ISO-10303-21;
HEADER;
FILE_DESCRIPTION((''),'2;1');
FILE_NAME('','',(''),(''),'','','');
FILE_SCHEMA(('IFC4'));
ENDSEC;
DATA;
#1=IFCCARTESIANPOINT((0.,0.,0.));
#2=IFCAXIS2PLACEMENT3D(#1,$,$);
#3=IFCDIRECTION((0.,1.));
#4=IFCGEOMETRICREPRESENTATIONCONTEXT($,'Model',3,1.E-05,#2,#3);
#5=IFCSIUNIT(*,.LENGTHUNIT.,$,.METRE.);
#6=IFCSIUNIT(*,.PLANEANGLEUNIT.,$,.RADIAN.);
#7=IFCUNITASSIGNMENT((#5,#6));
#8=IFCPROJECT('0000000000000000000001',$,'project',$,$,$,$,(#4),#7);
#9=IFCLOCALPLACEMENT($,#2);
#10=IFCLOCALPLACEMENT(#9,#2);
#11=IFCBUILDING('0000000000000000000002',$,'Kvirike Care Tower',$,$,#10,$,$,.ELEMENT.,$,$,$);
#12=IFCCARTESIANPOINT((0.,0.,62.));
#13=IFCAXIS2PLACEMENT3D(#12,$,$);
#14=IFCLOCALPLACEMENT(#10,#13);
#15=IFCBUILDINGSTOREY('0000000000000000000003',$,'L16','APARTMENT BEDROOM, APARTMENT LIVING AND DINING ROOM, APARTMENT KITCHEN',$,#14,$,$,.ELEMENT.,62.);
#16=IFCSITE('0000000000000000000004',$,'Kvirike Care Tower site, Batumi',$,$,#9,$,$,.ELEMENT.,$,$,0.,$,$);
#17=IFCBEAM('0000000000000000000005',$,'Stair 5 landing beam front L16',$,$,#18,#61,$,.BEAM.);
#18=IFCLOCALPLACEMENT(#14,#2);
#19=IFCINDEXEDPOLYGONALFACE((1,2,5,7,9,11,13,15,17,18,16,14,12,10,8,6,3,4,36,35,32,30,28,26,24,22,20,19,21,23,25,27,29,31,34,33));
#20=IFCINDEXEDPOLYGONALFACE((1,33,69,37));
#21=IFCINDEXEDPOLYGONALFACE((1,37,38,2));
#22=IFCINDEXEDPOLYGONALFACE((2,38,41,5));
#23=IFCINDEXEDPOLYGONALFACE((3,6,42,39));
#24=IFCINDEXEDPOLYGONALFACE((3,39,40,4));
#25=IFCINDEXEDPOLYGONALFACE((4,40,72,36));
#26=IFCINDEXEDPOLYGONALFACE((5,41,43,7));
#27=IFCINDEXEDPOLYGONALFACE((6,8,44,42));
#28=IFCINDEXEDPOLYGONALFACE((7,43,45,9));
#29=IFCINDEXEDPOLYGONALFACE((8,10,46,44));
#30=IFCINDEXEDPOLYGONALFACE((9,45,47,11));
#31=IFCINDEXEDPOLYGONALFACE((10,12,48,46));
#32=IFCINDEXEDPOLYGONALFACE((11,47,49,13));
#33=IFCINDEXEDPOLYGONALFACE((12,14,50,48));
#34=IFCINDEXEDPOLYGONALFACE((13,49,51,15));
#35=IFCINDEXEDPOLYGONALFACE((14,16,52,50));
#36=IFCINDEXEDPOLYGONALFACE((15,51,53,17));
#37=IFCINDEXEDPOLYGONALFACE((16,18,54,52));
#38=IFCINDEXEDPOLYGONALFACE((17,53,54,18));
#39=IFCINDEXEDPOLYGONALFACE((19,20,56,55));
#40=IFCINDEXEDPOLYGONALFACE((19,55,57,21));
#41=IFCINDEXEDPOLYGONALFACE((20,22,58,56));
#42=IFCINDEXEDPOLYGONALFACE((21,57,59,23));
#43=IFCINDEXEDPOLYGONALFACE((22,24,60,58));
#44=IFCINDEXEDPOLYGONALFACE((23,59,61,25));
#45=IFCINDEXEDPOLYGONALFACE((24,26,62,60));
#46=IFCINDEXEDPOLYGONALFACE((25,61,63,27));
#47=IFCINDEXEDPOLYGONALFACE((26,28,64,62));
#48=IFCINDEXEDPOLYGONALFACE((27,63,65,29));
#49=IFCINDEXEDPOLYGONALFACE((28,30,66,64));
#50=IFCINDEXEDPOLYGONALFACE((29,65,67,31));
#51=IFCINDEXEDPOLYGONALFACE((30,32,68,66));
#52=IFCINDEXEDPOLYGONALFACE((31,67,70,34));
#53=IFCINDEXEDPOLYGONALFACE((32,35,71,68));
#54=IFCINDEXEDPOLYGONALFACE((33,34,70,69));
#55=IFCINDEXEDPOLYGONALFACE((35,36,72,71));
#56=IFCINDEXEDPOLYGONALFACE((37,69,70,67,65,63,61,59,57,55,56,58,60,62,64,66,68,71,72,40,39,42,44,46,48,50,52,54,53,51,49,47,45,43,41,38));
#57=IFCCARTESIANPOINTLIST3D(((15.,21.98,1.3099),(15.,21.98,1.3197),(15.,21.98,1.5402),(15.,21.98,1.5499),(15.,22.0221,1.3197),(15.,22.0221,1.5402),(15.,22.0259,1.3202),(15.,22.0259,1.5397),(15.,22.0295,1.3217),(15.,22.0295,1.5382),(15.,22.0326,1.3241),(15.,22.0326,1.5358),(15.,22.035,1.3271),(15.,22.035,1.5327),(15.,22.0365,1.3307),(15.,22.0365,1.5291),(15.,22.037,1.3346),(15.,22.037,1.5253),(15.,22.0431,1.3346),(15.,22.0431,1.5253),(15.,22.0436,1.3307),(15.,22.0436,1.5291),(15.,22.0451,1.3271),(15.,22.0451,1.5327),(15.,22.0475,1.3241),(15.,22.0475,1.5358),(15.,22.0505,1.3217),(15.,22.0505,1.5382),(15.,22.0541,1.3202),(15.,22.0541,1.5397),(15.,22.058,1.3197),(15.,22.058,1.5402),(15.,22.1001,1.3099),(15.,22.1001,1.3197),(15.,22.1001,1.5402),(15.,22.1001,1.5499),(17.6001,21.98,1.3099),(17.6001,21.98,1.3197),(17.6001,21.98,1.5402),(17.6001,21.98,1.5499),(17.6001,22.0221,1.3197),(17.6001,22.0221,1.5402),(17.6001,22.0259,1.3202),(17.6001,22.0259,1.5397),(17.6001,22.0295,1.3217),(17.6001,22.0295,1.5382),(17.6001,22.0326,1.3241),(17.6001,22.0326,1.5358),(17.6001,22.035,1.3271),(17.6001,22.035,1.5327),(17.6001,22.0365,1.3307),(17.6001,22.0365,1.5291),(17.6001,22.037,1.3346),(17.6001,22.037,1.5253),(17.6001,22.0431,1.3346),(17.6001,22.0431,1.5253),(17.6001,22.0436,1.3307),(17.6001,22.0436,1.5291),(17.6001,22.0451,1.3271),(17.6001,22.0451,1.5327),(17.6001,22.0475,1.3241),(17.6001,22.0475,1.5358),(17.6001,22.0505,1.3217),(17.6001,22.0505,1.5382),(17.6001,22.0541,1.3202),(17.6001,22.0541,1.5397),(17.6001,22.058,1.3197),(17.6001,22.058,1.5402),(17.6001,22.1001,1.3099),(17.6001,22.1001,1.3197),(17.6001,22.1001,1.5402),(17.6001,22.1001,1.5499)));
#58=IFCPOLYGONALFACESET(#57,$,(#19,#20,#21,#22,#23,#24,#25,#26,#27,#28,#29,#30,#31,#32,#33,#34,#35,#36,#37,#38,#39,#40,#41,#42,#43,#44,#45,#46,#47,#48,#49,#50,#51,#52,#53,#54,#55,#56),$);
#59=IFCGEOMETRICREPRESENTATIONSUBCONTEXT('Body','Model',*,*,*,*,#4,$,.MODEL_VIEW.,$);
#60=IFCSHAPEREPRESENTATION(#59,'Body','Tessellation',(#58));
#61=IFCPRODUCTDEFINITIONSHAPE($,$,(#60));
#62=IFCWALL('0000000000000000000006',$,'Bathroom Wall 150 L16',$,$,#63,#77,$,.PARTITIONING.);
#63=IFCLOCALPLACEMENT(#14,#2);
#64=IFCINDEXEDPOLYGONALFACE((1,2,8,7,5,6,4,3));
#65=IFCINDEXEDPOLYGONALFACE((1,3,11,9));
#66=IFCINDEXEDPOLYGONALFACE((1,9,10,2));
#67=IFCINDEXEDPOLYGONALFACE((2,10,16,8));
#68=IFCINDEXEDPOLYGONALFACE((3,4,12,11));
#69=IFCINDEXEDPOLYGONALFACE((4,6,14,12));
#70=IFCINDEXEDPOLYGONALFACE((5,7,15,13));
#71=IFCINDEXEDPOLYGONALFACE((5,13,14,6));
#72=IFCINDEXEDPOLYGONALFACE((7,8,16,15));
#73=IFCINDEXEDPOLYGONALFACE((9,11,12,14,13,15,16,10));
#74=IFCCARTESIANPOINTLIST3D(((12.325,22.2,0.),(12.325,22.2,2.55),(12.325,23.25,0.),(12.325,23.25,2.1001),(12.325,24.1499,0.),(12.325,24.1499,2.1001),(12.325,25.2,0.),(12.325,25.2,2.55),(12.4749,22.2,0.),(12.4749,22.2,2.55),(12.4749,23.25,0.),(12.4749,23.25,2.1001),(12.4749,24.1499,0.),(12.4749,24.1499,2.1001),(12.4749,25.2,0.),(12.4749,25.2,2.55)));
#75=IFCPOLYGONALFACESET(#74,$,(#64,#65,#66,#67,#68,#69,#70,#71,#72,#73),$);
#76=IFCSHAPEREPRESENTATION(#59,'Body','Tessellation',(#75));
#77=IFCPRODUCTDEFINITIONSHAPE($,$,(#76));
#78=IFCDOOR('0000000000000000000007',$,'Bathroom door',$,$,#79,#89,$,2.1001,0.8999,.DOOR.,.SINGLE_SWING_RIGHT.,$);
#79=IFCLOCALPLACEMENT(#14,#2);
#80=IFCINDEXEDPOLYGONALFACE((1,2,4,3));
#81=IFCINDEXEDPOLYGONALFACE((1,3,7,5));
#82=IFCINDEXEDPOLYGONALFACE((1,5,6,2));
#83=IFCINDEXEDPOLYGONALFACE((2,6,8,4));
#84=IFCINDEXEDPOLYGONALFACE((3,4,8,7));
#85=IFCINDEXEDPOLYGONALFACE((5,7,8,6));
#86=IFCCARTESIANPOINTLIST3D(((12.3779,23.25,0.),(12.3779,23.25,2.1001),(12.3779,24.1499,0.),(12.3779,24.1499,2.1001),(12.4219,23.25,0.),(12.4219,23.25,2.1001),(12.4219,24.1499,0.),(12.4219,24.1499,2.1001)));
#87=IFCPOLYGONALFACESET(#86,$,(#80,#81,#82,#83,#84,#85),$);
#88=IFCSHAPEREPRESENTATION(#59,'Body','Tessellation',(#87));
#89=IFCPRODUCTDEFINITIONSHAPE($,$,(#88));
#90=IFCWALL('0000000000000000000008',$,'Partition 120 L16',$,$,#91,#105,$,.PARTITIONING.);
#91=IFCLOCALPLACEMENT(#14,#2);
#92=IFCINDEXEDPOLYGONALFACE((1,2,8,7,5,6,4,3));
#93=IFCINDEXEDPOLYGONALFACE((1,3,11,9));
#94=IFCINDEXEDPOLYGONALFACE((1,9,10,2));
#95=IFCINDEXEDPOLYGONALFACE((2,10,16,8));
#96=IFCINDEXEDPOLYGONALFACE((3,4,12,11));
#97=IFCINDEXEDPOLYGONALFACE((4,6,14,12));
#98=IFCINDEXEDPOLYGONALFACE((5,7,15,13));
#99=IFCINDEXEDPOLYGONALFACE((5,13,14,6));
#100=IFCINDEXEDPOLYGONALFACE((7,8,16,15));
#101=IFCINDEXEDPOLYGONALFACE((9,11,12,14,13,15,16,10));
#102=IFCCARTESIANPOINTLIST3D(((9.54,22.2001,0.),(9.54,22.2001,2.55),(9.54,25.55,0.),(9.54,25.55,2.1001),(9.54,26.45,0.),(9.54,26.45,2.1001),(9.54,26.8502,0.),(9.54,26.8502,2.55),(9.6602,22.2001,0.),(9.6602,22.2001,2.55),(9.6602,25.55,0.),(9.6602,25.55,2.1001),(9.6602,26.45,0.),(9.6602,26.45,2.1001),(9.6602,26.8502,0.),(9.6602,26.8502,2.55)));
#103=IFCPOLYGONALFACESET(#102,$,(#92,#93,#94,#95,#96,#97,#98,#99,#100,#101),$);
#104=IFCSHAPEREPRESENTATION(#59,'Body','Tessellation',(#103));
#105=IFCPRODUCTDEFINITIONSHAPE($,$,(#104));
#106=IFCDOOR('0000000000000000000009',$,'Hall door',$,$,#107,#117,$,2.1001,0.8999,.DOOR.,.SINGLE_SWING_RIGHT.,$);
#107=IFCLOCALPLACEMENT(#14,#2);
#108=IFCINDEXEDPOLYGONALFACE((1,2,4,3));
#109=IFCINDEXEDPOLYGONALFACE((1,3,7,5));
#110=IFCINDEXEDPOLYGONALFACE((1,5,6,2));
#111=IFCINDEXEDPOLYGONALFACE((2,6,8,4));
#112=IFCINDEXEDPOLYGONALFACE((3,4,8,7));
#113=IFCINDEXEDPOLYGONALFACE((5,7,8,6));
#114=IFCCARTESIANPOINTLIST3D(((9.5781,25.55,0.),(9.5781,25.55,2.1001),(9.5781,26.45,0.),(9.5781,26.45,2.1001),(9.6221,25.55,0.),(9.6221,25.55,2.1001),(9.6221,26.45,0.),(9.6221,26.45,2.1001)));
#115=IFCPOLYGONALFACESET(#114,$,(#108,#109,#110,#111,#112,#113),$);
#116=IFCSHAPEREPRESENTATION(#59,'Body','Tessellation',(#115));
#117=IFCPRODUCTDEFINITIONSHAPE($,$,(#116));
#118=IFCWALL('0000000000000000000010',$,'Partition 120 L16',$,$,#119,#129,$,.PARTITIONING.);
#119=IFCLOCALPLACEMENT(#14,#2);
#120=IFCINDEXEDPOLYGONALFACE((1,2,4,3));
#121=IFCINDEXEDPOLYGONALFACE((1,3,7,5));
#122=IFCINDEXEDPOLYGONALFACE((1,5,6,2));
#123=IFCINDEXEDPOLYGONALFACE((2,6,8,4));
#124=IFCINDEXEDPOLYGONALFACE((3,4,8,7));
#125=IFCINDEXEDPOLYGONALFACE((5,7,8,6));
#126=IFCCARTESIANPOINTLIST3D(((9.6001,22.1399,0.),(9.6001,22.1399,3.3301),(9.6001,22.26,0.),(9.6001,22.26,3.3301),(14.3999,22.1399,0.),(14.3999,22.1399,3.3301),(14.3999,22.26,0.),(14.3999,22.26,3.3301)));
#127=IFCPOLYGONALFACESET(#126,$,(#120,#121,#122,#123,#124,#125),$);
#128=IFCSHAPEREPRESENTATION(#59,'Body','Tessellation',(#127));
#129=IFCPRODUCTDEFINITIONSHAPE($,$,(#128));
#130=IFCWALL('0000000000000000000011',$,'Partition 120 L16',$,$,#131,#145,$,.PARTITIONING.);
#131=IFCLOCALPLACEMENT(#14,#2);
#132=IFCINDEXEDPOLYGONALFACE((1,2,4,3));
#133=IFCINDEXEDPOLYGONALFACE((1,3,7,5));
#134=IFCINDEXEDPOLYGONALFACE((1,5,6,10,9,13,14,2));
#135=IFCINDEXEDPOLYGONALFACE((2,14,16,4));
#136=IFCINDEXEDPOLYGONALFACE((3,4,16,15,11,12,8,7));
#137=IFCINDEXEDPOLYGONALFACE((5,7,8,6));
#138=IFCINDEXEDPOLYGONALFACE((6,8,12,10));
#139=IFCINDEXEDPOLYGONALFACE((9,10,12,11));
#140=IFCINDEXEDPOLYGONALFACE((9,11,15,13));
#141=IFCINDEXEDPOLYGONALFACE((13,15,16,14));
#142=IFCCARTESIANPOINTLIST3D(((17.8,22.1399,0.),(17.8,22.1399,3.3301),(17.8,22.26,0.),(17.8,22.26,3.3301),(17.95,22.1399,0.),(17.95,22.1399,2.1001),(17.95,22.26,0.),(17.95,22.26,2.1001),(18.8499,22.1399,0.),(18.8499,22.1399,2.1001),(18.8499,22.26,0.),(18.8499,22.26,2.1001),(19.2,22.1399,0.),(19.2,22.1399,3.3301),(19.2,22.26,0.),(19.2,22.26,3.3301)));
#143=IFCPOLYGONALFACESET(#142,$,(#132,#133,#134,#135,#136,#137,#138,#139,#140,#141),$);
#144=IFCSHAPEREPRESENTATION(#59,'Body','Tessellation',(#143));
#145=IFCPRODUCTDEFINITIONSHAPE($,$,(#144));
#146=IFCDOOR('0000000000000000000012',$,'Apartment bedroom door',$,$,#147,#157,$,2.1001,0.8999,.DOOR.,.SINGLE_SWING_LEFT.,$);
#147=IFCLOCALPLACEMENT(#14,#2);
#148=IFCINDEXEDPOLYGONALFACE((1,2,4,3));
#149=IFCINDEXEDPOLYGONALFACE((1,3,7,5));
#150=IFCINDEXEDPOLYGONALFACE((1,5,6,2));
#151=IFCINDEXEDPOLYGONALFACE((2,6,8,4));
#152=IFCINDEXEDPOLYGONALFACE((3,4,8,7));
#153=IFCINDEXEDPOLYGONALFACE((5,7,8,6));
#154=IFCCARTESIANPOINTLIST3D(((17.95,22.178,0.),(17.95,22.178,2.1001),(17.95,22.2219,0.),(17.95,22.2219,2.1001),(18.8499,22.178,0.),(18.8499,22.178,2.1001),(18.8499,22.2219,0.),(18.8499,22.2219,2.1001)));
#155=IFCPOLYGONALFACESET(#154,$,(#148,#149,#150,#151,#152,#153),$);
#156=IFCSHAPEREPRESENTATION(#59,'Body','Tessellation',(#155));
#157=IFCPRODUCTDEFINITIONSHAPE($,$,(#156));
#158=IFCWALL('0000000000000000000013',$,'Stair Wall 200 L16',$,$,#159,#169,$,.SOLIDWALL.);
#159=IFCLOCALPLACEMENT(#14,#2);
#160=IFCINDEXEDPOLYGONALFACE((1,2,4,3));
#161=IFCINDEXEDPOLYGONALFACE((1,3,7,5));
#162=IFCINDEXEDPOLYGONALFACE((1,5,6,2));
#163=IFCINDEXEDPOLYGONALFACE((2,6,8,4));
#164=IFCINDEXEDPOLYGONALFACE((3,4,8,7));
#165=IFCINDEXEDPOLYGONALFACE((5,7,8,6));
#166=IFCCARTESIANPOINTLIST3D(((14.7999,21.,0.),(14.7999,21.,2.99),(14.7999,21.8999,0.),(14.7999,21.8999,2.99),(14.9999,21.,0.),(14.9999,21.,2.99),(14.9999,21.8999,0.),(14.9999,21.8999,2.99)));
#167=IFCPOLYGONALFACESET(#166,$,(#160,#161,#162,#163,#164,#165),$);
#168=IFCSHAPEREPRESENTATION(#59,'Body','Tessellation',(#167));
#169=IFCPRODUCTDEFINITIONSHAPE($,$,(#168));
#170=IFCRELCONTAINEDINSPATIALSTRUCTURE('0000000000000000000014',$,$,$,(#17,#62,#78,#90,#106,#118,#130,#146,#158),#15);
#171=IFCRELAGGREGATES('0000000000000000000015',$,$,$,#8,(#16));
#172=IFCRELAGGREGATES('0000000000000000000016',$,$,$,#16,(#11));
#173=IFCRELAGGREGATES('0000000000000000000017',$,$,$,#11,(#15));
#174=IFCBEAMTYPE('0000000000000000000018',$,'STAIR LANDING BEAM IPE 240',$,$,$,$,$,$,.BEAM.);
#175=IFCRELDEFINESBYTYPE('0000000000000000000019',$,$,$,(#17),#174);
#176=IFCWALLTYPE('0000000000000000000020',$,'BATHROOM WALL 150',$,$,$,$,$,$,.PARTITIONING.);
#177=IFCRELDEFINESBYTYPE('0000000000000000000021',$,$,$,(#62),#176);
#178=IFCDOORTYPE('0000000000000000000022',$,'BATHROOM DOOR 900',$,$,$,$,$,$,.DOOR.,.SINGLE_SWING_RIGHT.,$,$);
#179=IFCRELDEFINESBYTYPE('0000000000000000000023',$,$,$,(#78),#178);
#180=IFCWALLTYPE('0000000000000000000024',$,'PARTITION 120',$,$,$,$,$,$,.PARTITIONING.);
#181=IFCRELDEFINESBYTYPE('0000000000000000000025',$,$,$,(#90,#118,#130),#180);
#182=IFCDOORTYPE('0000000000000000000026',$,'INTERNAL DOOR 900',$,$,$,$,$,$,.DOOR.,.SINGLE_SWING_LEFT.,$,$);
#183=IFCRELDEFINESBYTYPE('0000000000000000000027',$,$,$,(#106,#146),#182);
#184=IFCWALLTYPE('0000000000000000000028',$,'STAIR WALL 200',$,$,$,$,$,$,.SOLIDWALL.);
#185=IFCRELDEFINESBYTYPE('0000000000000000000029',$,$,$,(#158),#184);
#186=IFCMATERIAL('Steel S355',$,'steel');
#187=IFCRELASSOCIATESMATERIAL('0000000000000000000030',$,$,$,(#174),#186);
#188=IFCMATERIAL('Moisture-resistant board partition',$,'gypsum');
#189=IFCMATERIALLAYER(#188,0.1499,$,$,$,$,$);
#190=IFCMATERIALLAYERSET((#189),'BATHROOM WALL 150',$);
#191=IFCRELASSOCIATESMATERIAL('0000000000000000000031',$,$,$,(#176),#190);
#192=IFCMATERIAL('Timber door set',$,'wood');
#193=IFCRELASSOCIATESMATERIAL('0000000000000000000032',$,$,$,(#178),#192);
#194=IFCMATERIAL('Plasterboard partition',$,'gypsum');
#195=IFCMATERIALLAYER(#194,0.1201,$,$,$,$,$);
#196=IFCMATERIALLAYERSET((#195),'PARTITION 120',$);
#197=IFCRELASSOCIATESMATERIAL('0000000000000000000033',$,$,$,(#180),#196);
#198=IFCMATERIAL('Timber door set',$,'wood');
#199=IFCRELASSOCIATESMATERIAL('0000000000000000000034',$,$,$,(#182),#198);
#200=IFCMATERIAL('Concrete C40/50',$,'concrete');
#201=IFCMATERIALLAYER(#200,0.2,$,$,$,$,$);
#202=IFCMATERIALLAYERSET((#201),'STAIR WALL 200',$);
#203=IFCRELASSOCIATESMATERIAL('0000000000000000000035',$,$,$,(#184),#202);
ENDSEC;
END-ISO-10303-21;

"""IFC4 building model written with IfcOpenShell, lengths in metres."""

from ifc_helpers import new_model, si_unit, direction, frame, frame_2d, origin, origin_2d, place, context, subcontext, project, spatial, rectangle, i_section, extrude, material, layer, layer_set, material_profile, profile_set, type_object, element, fill, save


model = new_model("IFC4")

# Units and contexts
model_context = context("Model", 3, precision=1e-05, world=origin(), true_north=direction((0.0, 1.0)))
body_context = subcontext(model_context, "Body", "Model", "MODEL_VIEW")
ifc_project = project(units=[si_unit("LENGTHUNIT", "METRE"), si_unit("PLANEANGLEUNIT", "RADIAN")], contexts=[model_context])

# Site, building, storey
site_placement = place(None, origin())
site = spatial("IfcSite", under=ifc_project, at=site_placement, Name="Kvirike Care Tower site, Batumi", CompositionType="ELEMENT", RefElevation=0.0)
building_placement = place(site_placement, origin())
building = spatial("IfcBuilding", under=site, at=building_placement, Name="Kvirike Care Tower", CompositionType="ELEMENT")
storey_placement = place(building_placement, frame((0.0, 0.0, 62.0)))
storey = spatial("IfcBuildingStorey", under=building, at=storey_placement, Name="L16", Description="APARTMENT BEDROOM, APARTMENT LIVING AND DINING ROOM, APARTMENT KITCHEN", CompositionType="ELEMENT", Elevation=62.0)

# Beam
ifc_material_1 = material(Name="Steel S355", Category="steel")
ifc_material_profile_1 = material_profile(ifc_material_1, i_section(OverallWidth=0.1201, OverallDepth=0.24, WebThickness=0.0061, FlangeThickness=0.0098, FilletRadius=0.0149, at=origin_2d()), Name="IPE 240")
ifc_profile_set_1 = profile_set([ifc_material_profile_1], Name="Steel S355")
beam_type_1 = type_object("IfcBeamType", Name="STAIR LANDING BEAM IPE 240", PredefinedType="BEAM", material=ifc_profile_set_1)
for number, where, z_axis, x_axis, name in (
    (1, (15.0, 22.04, 1.4299), (1.0, 0.0, 0.0), (0.0, 1.0, 0.0), "Stair 5 landing beam front L16"),
):
    element("IfcBeam", number, at=place(storey_placement, frame(where, z_axis=z_axis, x_axis=x_axis)), inside=storey, type_object=beam_type_1, Name=name, PredefinedType="BEAM", context=body_context, shape_type="SweptSolid", body=[
        extrude(i_section(OverallWidth=0.1201, OverallDepth=0.24, WebThickness=0.0061, FlangeThickness=0.0098, FilletRadius=0.0149, at=origin_2d()), origin(), (0.0, 0.0, 1.0), 2.6001),
    ])

# Walls, openings, doors
ifc_material_2 = material(Name="Moisture-resistant board partition", Category="gypsum")
ifc_layer_1 = layer(ifc_material_2, 0.1499)
ifc_layer_set_1 = layer_set([ifc_layer_1], Name="BATHROOM WALL 150")
wall_type_1 = type_object("IfcWallType", Name="BATHROOM WALL 150", PredefinedType="PARTITIONING", material=ifc_layer_set_1)
wall_1_placement = place(storey_placement, frame((12.3999, 22.2, 0.0), z_axis=(0.0, 0.0, 1.0), x_axis=(0.0, 1.0, 0.0)))
wall_1 = element("IfcWall", 2, at=wall_1_placement, inside=storey, type_object=wall_type_1, Name="Bathroom Wall 150 L16", PredefinedType="PARTITIONING", context=body_context, shape_type="SweptSolid", body=[
    extrude(rectangle(XDim=3.0, YDim=0.1499, at=frame_2d((1.5, 0.0))), origin(), (0.0, 0.0, 1.0), 2.55),
])
opening_1_placement = place(wall_1_placement, frame((1.05, 0.0, 0.0)))
opening_1 = element("IfcOpeningElement", 3, at=opening_1_placement, cuts=wall_1, PredefinedType="OPENING", context=body_context, shape_type="SweptSolid", body=[
    extrude(rectangle(XDim=0.8999, YDim=2.1001, at=frame_2d((0.45, 1.05))), frame((0.0, 0.0854, 0.0), z_axis=(0.0, -1.0, 0.0), x_axis=(1.0, 0.0, 0.0)), (0.0, 0.0, 1.0), 0.1709),
])
ifc_material_3 = material(Name="Timber door set", Category="wood")
door_type_1 = type_object("IfcDoorType", Name="BATHROOM DOOR 900", OperationType="SINGLE_SWING_RIGHT", PredefinedType="DOOR", material=ifc_material_3)
door_1_placement = place(opening_1_placement, origin())
door_1 = element("IfcDoor", 4, at=door_1_placement, inside=storey, type_object=door_type_1, Name="Bathroom door", OperationType="SINGLE_SWING_RIGHT", OverallHeight=2.1001, OverallWidth=0.8999, PredefinedType="DOOR", context=body_context, shape_type="SweptSolid", body=[
    extrude(rectangle(XDim=0.8999, YDim=2.1001, at=frame_2d((0.45, 1.05))), frame((0.0, 0.022, 0.0), z_axis=(0.0, -1.0, 0.0), x_axis=(1.0, 0.0, 0.0)), (0.0, 0.0, 1.0), 0.0439),
])
fill(opening_1, door_1)
ifc_material_4 = material(Name="Plasterboard partition", Category="gypsum")
ifc_layer_2 = layer(ifc_material_4, 0.1201)
ifc_layer_set_2 = layer_set([ifc_layer_2], Name="PARTITION 120")
wall_type_2 = type_object("IfcWallType", Name="PARTITION 120", PredefinedType="PARTITIONING", material=ifc_layer_set_2)
wall_2_placement = place(storey_placement, frame((9.6001, 22.2, 0.0), z_axis=(0.0, 0.0, 1.0), x_axis=(0.0, 1.0, 0.0)))
wall_2 = element("IfcWall", 5, at=wall_2_placement, inside=storey, type_object=wall_type_2, Name="Partition 120 L16", PredefinedType="PARTITIONING", context=body_context, shape_type="SweptSolid", body=[
    extrude(rectangle(XDim=4.6501, YDim=0.1201, at=frame_2d((2.3252, 0.0))), origin(), (0.0, 0.0, 1.0), 2.55),
])
opening_2_placement = place(wall_2_placement, frame((3.3501, 0.0, 0.0)))
opening_2 = element("IfcOpeningElement", 6, at=opening_2_placement, cuts=wall_2, PredefinedType="OPENING", context=body_context, shape_type="SweptSolid", body=[
    extrude(rectangle(XDim=0.8999, YDim=2.1001, at=frame_2d((0.45, 1.05))), frame((0.0, 0.0706, 0.0), z_axis=(0.0, -1.0, 0.0), x_axis=(1.0, 0.0, 0.0)), (0.0, 0.0, 1.0), 0.1411),
])
ifc_material_5 = material(Name="Timber door set", Category="wood")
door_type_2 = type_object("IfcDoorType", Name="INTERNAL DOOR 900", OperationType="SINGLE_SWING_LEFT", PredefinedType="DOOR", material=ifc_material_5)
door_2_placement = place(opening_2_placement, frame((0.8999, 0.0, 0.0), z_axis=(0.0, 0.0, 1.0), x_axis=(-1.0, 0.0, 0.0)))
door_2 = element("IfcDoor", 7, at=door_2_placement, inside=storey, type_object=door_type_2, Name="Hall door", OperationType="SINGLE_SWING_RIGHT", OverallHeight=2.1001, OverallWidth=0.8999, PredefinedType="DOOR", context=body_context, shape_type="SweptSolid", body=[
    extrude(rectangle(XDim=0.8999, YDim=2.1001, at=frame_2d((0.45, 1.05))), frame((0.0, 0.022, 0.0), z_axis=(0.0, -1.0, 0.0), x_axis=(1.0, 0.0, 0.0)), (0.0, 0.0, 1.0), 0.0439),
])
fill(opening_2, door_2)

# Wall
wall_3_placement = place(storey_placement, frame((9.6001, 22.2, 0.0), z_axis=(0.0, 0.0, 1.0), x_axis=(1.0, 0.0, 0.0)))
element("IfcWall", 8, at=wall_3_placement, inside=storey, type_object=wall_type_2, Name="Partition 120 L16", PredefinedType="PARTITIONING", context=body_context, shape_type="SweptSolid", body=[
    extrude(rectangle(XDim=4.7998, YDim=0.1201, at=frame_2d((2.3999, 0.0))), origin(), (0.0, 0.0, 1.0), 3.3301),
])

# Wall, opening, door
wall_4_placement = place(storey_placement, frame((17.8, 22.2, 0.0), z_axis=(0.0, 0.0, 1.0), x_axis=(1.0, 0.0, 0.0)))
wall_4 = element("IfcWall", 9, at=wall_4_placement, inside=storey, type_object=wall_type_2, Name="Partition 120 L16", PredefinedType="PARTITIONING", context=body_context, shape_type="SweptSolid", body=[
    extrude(rectangle(XDim=1.3999, YDim=0.1201, at=frame_2d((0.7, 0.0))), origin(), (0.0, 0.0, 1.0), 3.3301),
])
opening_3_placement = place(wall_4_placement, frame((0.1499, 0.0, 0.0)))
opening_3 = element("IfcOpeningElement", 10, at=opening_3_placement, cuts=wall_4, PredefinedType="OPENING", context=body_context, shape_type="SweptSolid", body=[
    extrude(rectangle(XDim=0.8999, YDim=2.1001, at=frame_2d((0.45, 1.05))), frame((0.0, 0.0706, 0.0), z_axis=(0.0, -1.0, 0.0), x_axis=(1.0, 0.0, 0.0)), (0.0, 0.0, 1.0), 0.1411),
])
door_3_placement = place(opening_3_placement, frame((0.8999, 0.0, 0.0), z_axis=(0.0, 0.0, 1.0), x_axis=(-1.0, 0.0, 0.0)))
door_3 = element("IfcDoor", 11, at=door_3_placement, inside=storey, type_object=door_type_2, Name="Apartment bedroom door", OperationType="SINGLE_SWING_LEFT", OverallHeight=2.1001, OverallWidth=0.8999, PredefinedType="DOOR", context=body_context, shape_type="SweptSolid", body=[
    extrude(rectangle(XDim=0.8999, YDim=2.1001, at=frame_2d((0.45, 1.05))), frame((0.0, 0.022, 0.0), z_axis=(0.0, -1.0, 0.0), x_axis=(1.0, 0.0, 0.0)), (0.0, 0.0, 1.0), 0.0439),
])
fill(opening_3, door_3)

# Wall
ifc_material_6 = material(Name="Concrete C40/50", Category="concrete")
ifc_layer_3 = layer(ifc_material_6, 0.2)
ifc_layer_set_3 = layer_set([ifc_layer_3], Name="STAIR WALL 200")
wall_type_3 = type_object("IfcWallType", Name="STAIR WALL 200", PredefinedType="SOLIDWALL", material=ifc_layer_set_3)
wall_5_placement = place(storey_placement, frame((14.8999, 21.0, 0.0), z_axis=(0.0, 0.0, 1.0), x_axis=(0.0, 1.0, 0.0)))
element("IfcWall", 12, at=wall_5_placement, inside=storey, type_object=wall_type_3, Name="Stair Wall 200 L16", PredefinedType="SOLIDWALL", context=body_context, shape_type="SweptSolid", body=[
    extrude(rectangle(XDim=0.8999, YDim=0.2, at=frame_2d((0.45, 0.0))), origin(), (0.0, 0.0, 1.0), 2.99),
])

save(model, "model.ifc")
